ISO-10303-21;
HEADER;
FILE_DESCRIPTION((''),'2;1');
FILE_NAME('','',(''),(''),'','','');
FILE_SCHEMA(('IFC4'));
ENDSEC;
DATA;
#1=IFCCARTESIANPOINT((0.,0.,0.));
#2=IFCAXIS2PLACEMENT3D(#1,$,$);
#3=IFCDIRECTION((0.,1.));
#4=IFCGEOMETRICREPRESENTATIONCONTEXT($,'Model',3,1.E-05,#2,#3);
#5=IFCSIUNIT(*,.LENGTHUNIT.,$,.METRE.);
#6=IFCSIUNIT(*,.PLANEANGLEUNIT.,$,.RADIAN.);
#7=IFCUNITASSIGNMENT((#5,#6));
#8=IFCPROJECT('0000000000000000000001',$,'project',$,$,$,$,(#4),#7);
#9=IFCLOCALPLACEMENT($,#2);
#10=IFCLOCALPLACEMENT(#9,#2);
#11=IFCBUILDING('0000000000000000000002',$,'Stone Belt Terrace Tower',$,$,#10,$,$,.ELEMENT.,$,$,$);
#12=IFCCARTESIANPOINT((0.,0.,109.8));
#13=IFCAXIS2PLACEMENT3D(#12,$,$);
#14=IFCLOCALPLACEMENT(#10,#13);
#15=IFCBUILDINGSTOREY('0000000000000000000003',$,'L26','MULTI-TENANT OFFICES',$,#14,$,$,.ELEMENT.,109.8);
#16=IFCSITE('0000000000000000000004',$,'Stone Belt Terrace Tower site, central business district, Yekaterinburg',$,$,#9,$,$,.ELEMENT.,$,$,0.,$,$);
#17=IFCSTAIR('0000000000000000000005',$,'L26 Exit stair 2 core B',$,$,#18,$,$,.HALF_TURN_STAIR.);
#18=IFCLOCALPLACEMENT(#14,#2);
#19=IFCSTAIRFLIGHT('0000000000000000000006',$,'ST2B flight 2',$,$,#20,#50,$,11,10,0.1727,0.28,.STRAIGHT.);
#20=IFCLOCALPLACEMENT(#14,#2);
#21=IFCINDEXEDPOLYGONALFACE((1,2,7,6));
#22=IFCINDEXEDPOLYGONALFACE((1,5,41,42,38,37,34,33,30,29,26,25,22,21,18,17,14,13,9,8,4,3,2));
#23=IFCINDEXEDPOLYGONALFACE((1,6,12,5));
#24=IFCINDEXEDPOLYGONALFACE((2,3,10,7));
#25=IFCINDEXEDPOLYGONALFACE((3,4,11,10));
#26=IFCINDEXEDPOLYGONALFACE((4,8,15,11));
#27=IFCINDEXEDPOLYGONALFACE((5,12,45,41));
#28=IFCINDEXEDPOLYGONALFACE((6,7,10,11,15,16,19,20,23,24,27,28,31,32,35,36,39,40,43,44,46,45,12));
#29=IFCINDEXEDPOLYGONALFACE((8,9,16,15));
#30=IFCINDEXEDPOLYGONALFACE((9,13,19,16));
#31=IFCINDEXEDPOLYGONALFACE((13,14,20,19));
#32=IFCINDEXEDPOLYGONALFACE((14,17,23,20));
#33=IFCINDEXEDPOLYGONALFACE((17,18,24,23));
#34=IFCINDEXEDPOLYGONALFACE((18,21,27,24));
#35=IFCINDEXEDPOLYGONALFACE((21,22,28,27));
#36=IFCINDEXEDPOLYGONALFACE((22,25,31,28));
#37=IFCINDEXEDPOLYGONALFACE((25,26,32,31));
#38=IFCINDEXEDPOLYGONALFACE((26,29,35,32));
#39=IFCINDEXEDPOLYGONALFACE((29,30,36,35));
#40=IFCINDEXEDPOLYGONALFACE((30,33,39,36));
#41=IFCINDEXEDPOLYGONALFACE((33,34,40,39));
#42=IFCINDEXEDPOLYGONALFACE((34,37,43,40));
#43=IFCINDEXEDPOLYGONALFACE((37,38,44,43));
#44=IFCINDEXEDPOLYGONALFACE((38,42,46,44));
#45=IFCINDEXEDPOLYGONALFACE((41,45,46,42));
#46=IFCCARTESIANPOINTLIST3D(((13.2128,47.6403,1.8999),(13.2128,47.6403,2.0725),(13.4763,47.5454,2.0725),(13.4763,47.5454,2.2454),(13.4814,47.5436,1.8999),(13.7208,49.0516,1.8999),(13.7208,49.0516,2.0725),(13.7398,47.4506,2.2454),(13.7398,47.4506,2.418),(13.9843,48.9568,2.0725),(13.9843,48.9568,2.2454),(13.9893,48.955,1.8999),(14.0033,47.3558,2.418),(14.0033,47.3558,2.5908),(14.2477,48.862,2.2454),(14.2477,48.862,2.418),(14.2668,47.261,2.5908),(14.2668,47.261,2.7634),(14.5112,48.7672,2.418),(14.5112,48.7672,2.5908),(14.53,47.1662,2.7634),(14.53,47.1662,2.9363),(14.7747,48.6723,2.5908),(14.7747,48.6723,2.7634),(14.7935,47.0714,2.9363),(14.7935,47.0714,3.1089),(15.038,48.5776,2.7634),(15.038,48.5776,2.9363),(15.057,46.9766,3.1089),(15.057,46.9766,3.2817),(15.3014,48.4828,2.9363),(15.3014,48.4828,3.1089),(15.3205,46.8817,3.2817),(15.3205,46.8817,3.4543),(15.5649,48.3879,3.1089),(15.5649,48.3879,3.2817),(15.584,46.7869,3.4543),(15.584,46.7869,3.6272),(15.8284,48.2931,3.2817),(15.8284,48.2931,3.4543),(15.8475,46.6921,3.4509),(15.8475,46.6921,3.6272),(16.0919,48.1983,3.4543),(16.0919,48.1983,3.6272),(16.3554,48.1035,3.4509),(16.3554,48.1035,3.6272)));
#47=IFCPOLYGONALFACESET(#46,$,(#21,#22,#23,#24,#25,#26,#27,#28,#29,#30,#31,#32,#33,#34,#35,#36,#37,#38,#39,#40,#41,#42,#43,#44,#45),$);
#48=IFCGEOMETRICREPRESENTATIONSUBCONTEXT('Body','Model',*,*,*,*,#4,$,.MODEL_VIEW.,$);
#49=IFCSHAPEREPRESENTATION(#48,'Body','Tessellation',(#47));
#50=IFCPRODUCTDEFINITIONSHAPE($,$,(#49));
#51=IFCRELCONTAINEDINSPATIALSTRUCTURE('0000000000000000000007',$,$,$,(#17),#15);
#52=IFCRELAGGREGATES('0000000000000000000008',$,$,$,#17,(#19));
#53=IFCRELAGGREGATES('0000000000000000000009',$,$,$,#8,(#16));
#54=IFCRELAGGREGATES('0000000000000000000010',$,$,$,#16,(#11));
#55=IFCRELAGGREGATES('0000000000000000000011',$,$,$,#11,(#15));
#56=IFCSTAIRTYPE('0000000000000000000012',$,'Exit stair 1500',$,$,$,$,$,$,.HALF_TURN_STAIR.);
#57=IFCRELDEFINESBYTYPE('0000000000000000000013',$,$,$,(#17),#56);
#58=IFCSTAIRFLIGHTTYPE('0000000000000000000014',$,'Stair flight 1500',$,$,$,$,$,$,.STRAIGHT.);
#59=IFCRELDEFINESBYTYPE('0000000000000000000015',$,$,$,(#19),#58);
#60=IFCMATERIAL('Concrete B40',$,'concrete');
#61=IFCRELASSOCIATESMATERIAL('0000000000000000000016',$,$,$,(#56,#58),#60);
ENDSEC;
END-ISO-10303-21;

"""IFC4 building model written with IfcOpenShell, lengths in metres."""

from ifc_helpers import new_model, si_unit, direction, frame, origin, place, context, subcontext, project, spatial, polyline, outline, extrude, material, type_object, element, aggregate, save


model = new_model("IFC4")

# Units and contexts
model_context = context("Model", 3, precision=1e-05, world=origin(), true_north=direction((0.0, 1.0)))
body_context = subcontext(model_context, "Body", "Model", "MODEL_VIEW")
ifc_project = project(units=[si_unit("LENGTHUNIT", "METRE"), si_unit("PLANEANGLEUNIT", "RADIAN")], contexts=[model_context])

# Site, building, storey
site_placement = place(None, origin())
site = spatial("IfcSite", under=ifc_project, at=site_placement, Name="Stone Belt Terrace Tower site, central business district, Yekaterinburg", CompositionType="ELEMENT", RefElevation=0.0)
building_placement = place(site_placement, origin())
building = spatial("IfcBuilding", under=site, at=building_placement, Name="Stone Belt Terrace Tower", CompositionType="ELEMENT")
storey_placement = place(building_placement, frame((0.0, 0.0, 109.8)))
storey = spatial("IfcBuildingStorey", under=building, at=storey_placement, Name="L26", Description="MULTI-TENANT OFFICES", CompositionType="ELEMENT", Elevation=109.8)

# Stair, stair flight
ifc_material_1 = material(Name="Concrete B40", Category="concrete")
stair_type = type_object("IfcStairType", Name="Exit stair 1500", PredefinedType="HALF_TURN_STAIR", material=ifc_material_1)
stair_placement = place(storey_placement, origin())
stair = element("IfcStair", 1, at=stair_placement, inside=storey, type_object=stair_type, Name="L26 Exit stair 2 core B", PredefinedType="HALF_TURN_STAIR")
stair_flight_type = type_object("IfcStairFlightType", Name="Stair flight 1500", PredefinedType="STRAIGHT", material=ifc_material_1)
stair_flight_1_placement = place(storey_placement, frame((13.4668, 48.3459, 1.8999), z_axis=(0.0, 0.0, 1.0), x_axis=(0.940922, -0.338624, 0.0)))
stair_flight_1 = element("IfcStairFlight", 2, at=stair_flight_1_placement, type_object=stair_flight_type, Name="ST2B flight 2", NumberOfRisers=11, NumberOfTreads=10, PredefinedType="STRAIGHT", RiserHeight=0.1727, TreadLength=0.28, context=body_context, shape_type="SweptSolid", body=[
    extrude(outline(polyline([(0.0, 0.0), (0.0, 0.1726), (0.28, 0.1726), (0.28, 0.3455), (0.5601, 0.3455), (0.5601, 0.5181), (0.8401, 0.5181), (0.8401, 0.6909), (1.1201, 0.6909), (1.1201, 0.8635), (1.3999, 0.8635), (1.3999, 1.0364), (1.6799, 1.0364), (1.6799, 1.209), (1.96, 1.209), (1.96, 1.3818), (2.24, 1.3818), (2.24, 1.5544), (2.52, 1.5544), (2.52, 1.7273), (2.8, 1.7273), (2.8, 1.8999), (2.8, 1.551), (0.2854, 0.0), (0.0, 0.0)])), frame((0.0, 0.75, 0.0), z_axis=(0.0, -1.0, 0.0), x_axis=(1.0, 0.0, 0.0)), (0.0, 0.0, 1.0), 1.5),
])
aggregate(stair, [stair_flight_1])

save(model, "model.ifc")
